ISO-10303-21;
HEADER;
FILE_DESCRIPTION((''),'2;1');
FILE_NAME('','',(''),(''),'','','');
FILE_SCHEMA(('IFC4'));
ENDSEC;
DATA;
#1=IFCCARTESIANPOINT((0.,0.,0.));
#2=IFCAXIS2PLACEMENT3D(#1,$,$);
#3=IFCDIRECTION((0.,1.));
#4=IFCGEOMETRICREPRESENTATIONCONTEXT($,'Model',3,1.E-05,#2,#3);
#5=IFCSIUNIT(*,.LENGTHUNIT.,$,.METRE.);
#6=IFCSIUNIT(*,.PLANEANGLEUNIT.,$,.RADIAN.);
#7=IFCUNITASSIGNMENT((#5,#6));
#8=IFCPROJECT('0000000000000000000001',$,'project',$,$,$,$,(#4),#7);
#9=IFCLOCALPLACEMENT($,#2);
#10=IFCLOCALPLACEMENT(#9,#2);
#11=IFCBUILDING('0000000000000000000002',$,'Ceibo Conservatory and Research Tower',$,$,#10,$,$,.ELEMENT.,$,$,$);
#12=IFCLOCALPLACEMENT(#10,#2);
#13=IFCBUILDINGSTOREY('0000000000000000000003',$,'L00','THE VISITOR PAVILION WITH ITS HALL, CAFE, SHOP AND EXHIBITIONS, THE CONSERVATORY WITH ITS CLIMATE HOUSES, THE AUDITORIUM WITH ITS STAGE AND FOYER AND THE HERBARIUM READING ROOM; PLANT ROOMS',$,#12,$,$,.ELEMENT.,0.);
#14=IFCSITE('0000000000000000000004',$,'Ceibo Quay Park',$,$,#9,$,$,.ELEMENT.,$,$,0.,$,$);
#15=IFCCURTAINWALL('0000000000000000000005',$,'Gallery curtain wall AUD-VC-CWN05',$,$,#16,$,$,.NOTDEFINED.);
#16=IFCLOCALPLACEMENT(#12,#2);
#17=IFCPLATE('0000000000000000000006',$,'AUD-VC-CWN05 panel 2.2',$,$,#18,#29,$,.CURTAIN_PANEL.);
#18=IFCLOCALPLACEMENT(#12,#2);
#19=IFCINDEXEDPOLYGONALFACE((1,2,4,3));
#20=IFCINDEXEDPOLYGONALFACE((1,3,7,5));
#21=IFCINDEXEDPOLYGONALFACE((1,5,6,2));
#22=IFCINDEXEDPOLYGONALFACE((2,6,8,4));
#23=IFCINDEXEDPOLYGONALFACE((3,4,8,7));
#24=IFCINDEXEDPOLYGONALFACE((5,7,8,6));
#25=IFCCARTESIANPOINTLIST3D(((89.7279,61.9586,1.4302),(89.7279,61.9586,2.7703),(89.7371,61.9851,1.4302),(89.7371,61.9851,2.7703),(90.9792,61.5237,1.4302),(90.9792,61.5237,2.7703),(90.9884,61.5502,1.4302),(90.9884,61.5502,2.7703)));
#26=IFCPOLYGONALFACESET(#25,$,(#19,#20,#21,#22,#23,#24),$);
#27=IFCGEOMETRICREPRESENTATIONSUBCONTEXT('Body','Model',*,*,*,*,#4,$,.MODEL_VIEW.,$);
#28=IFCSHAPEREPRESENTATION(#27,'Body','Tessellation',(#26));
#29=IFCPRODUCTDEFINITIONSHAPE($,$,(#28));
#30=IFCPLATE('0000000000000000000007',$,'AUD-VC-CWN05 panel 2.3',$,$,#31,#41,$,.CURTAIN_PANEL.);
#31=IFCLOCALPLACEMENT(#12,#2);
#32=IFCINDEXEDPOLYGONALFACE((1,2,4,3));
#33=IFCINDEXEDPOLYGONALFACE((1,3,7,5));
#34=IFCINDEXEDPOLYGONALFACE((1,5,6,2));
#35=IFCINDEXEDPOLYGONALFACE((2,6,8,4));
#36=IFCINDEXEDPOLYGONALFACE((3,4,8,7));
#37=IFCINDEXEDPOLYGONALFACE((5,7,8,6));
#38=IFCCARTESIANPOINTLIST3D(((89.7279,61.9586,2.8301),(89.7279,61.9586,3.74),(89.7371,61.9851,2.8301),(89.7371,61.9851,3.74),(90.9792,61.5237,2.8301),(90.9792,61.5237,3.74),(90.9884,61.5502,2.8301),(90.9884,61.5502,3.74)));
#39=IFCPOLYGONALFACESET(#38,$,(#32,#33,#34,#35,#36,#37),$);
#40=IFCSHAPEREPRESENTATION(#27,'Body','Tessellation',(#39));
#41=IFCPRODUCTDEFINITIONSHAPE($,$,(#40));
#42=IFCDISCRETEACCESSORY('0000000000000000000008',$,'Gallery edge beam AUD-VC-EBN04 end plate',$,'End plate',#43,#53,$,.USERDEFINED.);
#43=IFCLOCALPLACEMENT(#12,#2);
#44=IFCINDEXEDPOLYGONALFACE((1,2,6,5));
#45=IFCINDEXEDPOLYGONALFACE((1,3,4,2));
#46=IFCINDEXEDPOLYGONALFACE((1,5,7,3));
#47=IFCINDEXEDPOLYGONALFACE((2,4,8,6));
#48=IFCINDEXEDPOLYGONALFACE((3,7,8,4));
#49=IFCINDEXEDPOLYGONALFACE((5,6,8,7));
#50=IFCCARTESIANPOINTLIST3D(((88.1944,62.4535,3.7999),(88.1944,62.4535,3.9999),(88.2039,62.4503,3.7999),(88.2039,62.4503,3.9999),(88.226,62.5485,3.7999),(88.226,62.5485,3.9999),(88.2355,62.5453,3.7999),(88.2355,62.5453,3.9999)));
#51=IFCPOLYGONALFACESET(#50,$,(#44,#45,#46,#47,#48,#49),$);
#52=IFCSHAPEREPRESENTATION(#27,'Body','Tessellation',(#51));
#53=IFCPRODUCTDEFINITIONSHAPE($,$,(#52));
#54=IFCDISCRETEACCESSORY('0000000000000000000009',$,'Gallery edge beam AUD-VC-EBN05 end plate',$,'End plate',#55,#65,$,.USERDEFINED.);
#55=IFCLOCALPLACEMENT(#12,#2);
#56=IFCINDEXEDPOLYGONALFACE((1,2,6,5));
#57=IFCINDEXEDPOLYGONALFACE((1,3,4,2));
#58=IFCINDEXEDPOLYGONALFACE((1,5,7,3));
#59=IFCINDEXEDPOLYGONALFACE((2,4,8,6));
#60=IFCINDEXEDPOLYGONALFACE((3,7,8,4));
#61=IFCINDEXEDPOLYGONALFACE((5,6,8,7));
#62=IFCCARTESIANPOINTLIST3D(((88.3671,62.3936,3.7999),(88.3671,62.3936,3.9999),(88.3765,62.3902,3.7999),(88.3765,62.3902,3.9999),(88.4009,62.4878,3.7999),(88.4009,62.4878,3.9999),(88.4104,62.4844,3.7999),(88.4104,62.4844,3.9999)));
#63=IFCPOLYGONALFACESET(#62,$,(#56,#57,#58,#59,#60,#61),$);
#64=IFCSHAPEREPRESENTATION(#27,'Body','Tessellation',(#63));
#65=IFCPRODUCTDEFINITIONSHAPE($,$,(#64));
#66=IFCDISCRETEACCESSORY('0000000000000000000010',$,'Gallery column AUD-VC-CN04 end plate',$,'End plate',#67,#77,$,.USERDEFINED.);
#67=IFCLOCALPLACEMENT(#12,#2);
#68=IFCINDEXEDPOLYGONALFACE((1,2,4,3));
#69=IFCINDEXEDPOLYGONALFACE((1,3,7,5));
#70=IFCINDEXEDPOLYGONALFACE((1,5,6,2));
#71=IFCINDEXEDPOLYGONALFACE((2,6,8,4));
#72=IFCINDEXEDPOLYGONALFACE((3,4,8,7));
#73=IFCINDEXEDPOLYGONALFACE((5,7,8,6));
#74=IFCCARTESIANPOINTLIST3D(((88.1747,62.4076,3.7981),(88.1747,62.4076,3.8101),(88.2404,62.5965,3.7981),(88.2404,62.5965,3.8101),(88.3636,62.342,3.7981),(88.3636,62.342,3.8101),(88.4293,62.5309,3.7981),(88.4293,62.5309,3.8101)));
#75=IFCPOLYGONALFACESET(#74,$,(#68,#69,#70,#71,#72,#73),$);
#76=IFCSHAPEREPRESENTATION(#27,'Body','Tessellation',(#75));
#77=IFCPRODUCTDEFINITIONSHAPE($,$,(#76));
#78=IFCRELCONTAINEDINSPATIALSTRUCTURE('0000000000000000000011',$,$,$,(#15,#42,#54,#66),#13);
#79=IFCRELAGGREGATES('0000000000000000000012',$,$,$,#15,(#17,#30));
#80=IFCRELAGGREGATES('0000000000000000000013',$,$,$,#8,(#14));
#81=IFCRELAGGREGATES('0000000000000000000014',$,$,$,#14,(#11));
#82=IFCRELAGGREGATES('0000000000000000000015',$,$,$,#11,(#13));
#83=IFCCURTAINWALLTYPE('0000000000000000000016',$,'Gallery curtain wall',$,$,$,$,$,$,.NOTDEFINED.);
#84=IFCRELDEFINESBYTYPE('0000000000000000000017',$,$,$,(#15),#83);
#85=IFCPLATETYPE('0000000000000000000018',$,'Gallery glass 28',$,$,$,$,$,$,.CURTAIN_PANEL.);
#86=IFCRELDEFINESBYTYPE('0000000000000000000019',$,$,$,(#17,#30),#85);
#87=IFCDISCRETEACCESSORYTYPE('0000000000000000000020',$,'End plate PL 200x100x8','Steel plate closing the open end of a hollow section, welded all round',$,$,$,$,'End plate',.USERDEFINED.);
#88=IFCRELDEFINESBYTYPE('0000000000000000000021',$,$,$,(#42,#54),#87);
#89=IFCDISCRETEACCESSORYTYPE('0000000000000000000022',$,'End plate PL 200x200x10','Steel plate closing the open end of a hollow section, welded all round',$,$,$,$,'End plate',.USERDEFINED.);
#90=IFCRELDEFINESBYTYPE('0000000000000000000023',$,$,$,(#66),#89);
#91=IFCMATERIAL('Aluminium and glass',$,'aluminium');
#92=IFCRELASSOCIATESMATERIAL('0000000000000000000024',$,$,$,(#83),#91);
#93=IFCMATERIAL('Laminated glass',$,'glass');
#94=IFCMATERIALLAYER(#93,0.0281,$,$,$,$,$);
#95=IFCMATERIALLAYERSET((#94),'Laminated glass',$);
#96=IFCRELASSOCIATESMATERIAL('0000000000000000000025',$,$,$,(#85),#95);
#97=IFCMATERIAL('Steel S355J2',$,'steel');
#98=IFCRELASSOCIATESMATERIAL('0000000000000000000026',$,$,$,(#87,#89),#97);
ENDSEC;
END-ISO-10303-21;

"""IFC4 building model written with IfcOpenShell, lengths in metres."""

from ifc_helpers import new_model, si_unit, direction, frame, origin, origin_2d, place, context, subcontext, project, spatial, rectangle, extrude, material, layer, layer_set, material_profile, profile_set, type_object, element, aggregate, save


model = new_model("IFC4")

# Units and contexts
model_context = context("Model", 3, precision=1e-05, world=origin(), true_north=direction((0.0, 1.0)))
body_context = subcontext(model_context, "Body", "Model", "MODEL_VIEW")
ifc_project = project(units=[si_unit("LENGTHUNIT", "METRE"), si_unit("PLANEANGLEUNIT", "RADIAN")], contexts=[model_context])

# Site, building, storey
site_placement = place(None, origin())
site = spatial("IfcSite", under=ifc_project, at=site_placement, Name="Ceibo Quay Park", CompositionType="ELEMENT", RefElevation=0.0)
building_placement = place(site_placement, origin())
building = spatial("IfcBuilding", under=site, at=building_placement, Name="Ceibo Conservatory and Research Tower", CompositionType="ELEMENT")
storey_placement = place(building_placement, origin())
storey = spatial("IfcBuildingStorey", under=building, at=storey_placement, Name="L00", Description="THE VISITOR PAVILION WITH ITS HALL, CAFE, SHOP AND EXHIBITIONS, THE CONSERVATORY WITH ITS CLIMATE HOUSES, THE AUDITORIUM WITH ITS STAGE AND FOYER AND THE HERBARIUM READING ROOM; PLANT ROOMS", CompositionType="ELEMENT", Elevation=0.0)

# Shared definitions
ifc_material_1 = material(Name="Aluminium and glass", Category="aluminium")
curtain_wall_type = type_object("IfcCurtainWallType", Name="Gallery curtain wall", PredefinedType="NOTDEFINED", material=ifc_material_1)

# Curtain wall
curtain_wall_1_placement = place(storey_placement, origin())
curtain_wall_1 = element("IfcCurtainWall", 1, at=curtain_wall_1_placement, inside=storey, type_object=curtain_wall_type, Name="Gallery curtain wall AUD-VC-CWN05", PredefinedType="NOTDEFINED")

# Shared definitions
ifc_material_2 = material(Name="Steel S355J2", Category="steel")

# Plates
ifc_material_3 = material(Name="Laminated glass", Category="glass")
ifc_layer = layer(ifc_material_3, 0.0281)
ifc_layer_set = layer_set([ifc_layer], Name="Laminated glass")
plate_type = type_object("IfcPlateType", Name="Gallery glass 28", PredefinedType="CURTAIN_PANEL", material=ifc_layer_set)
plate_1_placement = place(storey_placement, frame((90.3582, 61.7544, 1.4302), z_axis=(0.0, 0.0, 1.0), x_axis=(0.944579, -0.328284, 0.0)))
plate_1 = element("IfcPlate", 2, at=plate_1_placement, type_object=plate_type, Name="AUD-VC-CWN05 panel 2.2", PredefinedType="CURTAIN_PANEL", context=body_context, shape_type="SweptSolid", body=[
    extrude(rectangle(XDim=1.3247, YDim=0.0281, at=origin_2d()), origin(), (0.0, 0.0, 1.0), 1.3401),
])
plate_2_placement = place(storey_placement, frame((90.3582, 61.7544, 2.8301), z_axis=(0.0, 0.0, 1.0), x_axis=(0.944579, -0.328284, 0.0)))
plate_2 = element("IfcPlate", 3, at=plate_2_placement, type_object=plate_type, Name="AUD-VC-CWN05 panel 2.3", PredefinedType="CURTAIN_PANEL", context=body_context, shape_type="SweptSolid", body=[
    extrude(rectangle(XDim=1.3247, YDim=0.0281, at=origin_2d()), origin(), (0.0, 0.0, 1.0), 0.9099),
])
aggregate(curtain_wall_1, [plate_1, plate_2])

# Discrete accessories
ifc_material_profile_1 = material_profile(ifc_material_2, rectangle(XDim=0.1001, YDim=0.2, at=origin_2d()), Name="End plate PL 200x100x8")
ifc_profile_set_1 = profile_set([ifc_material_profile_1], Name="Steel S355J2")
discrete_accessory_type_1 = type_object("IfcDiscreteAccessoryType", Name="End plate PL 200x100x8", Description="Steel plate closing the open end of a hollow section, welded all round", ElementType="End plate", PredefinedType="USERDEFINED", material=ifc_profile_set_1)
for number, where, z_axis, x_axis, name in (
    (4, (88.2102, 62.501, 3.8999), (0.948683, -0.316228, 0.0), (0.316228, 0.948683, 0.0), "Gallery edge beam AUD-VC-EBN04 end plate"),
    (5, (88.384, 62.4407, 3.8999), (0.941195, -0.337865, 0.0), (0.337865, 0.941195, 0.0), "Gallery edge beam AUD-VC-EBN05 end plate"),
):
    element("IfcDiscreteAccessory", number, at=place(storey_placement, frame(where, z_axis=z_axis, x_axis=x_axis)), inside=storey, type_object=discrete_accessory_type_1, Name=name, ObjectType="End plate", PredefinedType="USERDEFINED", context=body_context, shape_type="SweptSolid", body=[
        extrude(rectangle(XDim=0.1001, YDim=0.2, at=origin_2d()), origin(), (0.0, 0.0, 1.0), 0.01),
    ])
ifc_material_profile_2 = material_profile(ifc_material_2, rectangle(XDim=0.2, YDim=0.2, at=origin_2d()), Name="End plate PL 200x200x10")
ifc_profile_set_2 = profile_set([ifc_material_profile_2], Name="Steel S355J2")
discrete_accessory_type_2 = type_object("IfcDiscreteAccessoryType", Name="End plate PL 200x200x10", Description="Steel plate closing the open end of a hollow section, welded all round", ElementType="End plate", PredefinedType="USERDEFINED", material=ifc_profile_set_2)
discrete_accessory_placement = place(storey_placement, frame((88.302, 62.4692, 3.7981), z_axis=(0.0, 0.0, 1.0), x_axis=(0.944579, -0.328284, 0.0)))
element("IfcDiscreteAccessory", 6, at=discrete_accessory_placement, inside=storey, type_object=discrete_accessory_type_2, Name="Gallery column AUD-VC-CN04 end plate", ObjectType="End plate", PredefinedType="USERDEFINED", context=body_context, shape_type="SweptSolid", body=[
    extrude(rectangle(XDim=0.2, YDim=0.2, at=origin_2d()), origin(), (0.0, 0.0, 1.0), 0.012),
])

save(model, "model.ifc")
